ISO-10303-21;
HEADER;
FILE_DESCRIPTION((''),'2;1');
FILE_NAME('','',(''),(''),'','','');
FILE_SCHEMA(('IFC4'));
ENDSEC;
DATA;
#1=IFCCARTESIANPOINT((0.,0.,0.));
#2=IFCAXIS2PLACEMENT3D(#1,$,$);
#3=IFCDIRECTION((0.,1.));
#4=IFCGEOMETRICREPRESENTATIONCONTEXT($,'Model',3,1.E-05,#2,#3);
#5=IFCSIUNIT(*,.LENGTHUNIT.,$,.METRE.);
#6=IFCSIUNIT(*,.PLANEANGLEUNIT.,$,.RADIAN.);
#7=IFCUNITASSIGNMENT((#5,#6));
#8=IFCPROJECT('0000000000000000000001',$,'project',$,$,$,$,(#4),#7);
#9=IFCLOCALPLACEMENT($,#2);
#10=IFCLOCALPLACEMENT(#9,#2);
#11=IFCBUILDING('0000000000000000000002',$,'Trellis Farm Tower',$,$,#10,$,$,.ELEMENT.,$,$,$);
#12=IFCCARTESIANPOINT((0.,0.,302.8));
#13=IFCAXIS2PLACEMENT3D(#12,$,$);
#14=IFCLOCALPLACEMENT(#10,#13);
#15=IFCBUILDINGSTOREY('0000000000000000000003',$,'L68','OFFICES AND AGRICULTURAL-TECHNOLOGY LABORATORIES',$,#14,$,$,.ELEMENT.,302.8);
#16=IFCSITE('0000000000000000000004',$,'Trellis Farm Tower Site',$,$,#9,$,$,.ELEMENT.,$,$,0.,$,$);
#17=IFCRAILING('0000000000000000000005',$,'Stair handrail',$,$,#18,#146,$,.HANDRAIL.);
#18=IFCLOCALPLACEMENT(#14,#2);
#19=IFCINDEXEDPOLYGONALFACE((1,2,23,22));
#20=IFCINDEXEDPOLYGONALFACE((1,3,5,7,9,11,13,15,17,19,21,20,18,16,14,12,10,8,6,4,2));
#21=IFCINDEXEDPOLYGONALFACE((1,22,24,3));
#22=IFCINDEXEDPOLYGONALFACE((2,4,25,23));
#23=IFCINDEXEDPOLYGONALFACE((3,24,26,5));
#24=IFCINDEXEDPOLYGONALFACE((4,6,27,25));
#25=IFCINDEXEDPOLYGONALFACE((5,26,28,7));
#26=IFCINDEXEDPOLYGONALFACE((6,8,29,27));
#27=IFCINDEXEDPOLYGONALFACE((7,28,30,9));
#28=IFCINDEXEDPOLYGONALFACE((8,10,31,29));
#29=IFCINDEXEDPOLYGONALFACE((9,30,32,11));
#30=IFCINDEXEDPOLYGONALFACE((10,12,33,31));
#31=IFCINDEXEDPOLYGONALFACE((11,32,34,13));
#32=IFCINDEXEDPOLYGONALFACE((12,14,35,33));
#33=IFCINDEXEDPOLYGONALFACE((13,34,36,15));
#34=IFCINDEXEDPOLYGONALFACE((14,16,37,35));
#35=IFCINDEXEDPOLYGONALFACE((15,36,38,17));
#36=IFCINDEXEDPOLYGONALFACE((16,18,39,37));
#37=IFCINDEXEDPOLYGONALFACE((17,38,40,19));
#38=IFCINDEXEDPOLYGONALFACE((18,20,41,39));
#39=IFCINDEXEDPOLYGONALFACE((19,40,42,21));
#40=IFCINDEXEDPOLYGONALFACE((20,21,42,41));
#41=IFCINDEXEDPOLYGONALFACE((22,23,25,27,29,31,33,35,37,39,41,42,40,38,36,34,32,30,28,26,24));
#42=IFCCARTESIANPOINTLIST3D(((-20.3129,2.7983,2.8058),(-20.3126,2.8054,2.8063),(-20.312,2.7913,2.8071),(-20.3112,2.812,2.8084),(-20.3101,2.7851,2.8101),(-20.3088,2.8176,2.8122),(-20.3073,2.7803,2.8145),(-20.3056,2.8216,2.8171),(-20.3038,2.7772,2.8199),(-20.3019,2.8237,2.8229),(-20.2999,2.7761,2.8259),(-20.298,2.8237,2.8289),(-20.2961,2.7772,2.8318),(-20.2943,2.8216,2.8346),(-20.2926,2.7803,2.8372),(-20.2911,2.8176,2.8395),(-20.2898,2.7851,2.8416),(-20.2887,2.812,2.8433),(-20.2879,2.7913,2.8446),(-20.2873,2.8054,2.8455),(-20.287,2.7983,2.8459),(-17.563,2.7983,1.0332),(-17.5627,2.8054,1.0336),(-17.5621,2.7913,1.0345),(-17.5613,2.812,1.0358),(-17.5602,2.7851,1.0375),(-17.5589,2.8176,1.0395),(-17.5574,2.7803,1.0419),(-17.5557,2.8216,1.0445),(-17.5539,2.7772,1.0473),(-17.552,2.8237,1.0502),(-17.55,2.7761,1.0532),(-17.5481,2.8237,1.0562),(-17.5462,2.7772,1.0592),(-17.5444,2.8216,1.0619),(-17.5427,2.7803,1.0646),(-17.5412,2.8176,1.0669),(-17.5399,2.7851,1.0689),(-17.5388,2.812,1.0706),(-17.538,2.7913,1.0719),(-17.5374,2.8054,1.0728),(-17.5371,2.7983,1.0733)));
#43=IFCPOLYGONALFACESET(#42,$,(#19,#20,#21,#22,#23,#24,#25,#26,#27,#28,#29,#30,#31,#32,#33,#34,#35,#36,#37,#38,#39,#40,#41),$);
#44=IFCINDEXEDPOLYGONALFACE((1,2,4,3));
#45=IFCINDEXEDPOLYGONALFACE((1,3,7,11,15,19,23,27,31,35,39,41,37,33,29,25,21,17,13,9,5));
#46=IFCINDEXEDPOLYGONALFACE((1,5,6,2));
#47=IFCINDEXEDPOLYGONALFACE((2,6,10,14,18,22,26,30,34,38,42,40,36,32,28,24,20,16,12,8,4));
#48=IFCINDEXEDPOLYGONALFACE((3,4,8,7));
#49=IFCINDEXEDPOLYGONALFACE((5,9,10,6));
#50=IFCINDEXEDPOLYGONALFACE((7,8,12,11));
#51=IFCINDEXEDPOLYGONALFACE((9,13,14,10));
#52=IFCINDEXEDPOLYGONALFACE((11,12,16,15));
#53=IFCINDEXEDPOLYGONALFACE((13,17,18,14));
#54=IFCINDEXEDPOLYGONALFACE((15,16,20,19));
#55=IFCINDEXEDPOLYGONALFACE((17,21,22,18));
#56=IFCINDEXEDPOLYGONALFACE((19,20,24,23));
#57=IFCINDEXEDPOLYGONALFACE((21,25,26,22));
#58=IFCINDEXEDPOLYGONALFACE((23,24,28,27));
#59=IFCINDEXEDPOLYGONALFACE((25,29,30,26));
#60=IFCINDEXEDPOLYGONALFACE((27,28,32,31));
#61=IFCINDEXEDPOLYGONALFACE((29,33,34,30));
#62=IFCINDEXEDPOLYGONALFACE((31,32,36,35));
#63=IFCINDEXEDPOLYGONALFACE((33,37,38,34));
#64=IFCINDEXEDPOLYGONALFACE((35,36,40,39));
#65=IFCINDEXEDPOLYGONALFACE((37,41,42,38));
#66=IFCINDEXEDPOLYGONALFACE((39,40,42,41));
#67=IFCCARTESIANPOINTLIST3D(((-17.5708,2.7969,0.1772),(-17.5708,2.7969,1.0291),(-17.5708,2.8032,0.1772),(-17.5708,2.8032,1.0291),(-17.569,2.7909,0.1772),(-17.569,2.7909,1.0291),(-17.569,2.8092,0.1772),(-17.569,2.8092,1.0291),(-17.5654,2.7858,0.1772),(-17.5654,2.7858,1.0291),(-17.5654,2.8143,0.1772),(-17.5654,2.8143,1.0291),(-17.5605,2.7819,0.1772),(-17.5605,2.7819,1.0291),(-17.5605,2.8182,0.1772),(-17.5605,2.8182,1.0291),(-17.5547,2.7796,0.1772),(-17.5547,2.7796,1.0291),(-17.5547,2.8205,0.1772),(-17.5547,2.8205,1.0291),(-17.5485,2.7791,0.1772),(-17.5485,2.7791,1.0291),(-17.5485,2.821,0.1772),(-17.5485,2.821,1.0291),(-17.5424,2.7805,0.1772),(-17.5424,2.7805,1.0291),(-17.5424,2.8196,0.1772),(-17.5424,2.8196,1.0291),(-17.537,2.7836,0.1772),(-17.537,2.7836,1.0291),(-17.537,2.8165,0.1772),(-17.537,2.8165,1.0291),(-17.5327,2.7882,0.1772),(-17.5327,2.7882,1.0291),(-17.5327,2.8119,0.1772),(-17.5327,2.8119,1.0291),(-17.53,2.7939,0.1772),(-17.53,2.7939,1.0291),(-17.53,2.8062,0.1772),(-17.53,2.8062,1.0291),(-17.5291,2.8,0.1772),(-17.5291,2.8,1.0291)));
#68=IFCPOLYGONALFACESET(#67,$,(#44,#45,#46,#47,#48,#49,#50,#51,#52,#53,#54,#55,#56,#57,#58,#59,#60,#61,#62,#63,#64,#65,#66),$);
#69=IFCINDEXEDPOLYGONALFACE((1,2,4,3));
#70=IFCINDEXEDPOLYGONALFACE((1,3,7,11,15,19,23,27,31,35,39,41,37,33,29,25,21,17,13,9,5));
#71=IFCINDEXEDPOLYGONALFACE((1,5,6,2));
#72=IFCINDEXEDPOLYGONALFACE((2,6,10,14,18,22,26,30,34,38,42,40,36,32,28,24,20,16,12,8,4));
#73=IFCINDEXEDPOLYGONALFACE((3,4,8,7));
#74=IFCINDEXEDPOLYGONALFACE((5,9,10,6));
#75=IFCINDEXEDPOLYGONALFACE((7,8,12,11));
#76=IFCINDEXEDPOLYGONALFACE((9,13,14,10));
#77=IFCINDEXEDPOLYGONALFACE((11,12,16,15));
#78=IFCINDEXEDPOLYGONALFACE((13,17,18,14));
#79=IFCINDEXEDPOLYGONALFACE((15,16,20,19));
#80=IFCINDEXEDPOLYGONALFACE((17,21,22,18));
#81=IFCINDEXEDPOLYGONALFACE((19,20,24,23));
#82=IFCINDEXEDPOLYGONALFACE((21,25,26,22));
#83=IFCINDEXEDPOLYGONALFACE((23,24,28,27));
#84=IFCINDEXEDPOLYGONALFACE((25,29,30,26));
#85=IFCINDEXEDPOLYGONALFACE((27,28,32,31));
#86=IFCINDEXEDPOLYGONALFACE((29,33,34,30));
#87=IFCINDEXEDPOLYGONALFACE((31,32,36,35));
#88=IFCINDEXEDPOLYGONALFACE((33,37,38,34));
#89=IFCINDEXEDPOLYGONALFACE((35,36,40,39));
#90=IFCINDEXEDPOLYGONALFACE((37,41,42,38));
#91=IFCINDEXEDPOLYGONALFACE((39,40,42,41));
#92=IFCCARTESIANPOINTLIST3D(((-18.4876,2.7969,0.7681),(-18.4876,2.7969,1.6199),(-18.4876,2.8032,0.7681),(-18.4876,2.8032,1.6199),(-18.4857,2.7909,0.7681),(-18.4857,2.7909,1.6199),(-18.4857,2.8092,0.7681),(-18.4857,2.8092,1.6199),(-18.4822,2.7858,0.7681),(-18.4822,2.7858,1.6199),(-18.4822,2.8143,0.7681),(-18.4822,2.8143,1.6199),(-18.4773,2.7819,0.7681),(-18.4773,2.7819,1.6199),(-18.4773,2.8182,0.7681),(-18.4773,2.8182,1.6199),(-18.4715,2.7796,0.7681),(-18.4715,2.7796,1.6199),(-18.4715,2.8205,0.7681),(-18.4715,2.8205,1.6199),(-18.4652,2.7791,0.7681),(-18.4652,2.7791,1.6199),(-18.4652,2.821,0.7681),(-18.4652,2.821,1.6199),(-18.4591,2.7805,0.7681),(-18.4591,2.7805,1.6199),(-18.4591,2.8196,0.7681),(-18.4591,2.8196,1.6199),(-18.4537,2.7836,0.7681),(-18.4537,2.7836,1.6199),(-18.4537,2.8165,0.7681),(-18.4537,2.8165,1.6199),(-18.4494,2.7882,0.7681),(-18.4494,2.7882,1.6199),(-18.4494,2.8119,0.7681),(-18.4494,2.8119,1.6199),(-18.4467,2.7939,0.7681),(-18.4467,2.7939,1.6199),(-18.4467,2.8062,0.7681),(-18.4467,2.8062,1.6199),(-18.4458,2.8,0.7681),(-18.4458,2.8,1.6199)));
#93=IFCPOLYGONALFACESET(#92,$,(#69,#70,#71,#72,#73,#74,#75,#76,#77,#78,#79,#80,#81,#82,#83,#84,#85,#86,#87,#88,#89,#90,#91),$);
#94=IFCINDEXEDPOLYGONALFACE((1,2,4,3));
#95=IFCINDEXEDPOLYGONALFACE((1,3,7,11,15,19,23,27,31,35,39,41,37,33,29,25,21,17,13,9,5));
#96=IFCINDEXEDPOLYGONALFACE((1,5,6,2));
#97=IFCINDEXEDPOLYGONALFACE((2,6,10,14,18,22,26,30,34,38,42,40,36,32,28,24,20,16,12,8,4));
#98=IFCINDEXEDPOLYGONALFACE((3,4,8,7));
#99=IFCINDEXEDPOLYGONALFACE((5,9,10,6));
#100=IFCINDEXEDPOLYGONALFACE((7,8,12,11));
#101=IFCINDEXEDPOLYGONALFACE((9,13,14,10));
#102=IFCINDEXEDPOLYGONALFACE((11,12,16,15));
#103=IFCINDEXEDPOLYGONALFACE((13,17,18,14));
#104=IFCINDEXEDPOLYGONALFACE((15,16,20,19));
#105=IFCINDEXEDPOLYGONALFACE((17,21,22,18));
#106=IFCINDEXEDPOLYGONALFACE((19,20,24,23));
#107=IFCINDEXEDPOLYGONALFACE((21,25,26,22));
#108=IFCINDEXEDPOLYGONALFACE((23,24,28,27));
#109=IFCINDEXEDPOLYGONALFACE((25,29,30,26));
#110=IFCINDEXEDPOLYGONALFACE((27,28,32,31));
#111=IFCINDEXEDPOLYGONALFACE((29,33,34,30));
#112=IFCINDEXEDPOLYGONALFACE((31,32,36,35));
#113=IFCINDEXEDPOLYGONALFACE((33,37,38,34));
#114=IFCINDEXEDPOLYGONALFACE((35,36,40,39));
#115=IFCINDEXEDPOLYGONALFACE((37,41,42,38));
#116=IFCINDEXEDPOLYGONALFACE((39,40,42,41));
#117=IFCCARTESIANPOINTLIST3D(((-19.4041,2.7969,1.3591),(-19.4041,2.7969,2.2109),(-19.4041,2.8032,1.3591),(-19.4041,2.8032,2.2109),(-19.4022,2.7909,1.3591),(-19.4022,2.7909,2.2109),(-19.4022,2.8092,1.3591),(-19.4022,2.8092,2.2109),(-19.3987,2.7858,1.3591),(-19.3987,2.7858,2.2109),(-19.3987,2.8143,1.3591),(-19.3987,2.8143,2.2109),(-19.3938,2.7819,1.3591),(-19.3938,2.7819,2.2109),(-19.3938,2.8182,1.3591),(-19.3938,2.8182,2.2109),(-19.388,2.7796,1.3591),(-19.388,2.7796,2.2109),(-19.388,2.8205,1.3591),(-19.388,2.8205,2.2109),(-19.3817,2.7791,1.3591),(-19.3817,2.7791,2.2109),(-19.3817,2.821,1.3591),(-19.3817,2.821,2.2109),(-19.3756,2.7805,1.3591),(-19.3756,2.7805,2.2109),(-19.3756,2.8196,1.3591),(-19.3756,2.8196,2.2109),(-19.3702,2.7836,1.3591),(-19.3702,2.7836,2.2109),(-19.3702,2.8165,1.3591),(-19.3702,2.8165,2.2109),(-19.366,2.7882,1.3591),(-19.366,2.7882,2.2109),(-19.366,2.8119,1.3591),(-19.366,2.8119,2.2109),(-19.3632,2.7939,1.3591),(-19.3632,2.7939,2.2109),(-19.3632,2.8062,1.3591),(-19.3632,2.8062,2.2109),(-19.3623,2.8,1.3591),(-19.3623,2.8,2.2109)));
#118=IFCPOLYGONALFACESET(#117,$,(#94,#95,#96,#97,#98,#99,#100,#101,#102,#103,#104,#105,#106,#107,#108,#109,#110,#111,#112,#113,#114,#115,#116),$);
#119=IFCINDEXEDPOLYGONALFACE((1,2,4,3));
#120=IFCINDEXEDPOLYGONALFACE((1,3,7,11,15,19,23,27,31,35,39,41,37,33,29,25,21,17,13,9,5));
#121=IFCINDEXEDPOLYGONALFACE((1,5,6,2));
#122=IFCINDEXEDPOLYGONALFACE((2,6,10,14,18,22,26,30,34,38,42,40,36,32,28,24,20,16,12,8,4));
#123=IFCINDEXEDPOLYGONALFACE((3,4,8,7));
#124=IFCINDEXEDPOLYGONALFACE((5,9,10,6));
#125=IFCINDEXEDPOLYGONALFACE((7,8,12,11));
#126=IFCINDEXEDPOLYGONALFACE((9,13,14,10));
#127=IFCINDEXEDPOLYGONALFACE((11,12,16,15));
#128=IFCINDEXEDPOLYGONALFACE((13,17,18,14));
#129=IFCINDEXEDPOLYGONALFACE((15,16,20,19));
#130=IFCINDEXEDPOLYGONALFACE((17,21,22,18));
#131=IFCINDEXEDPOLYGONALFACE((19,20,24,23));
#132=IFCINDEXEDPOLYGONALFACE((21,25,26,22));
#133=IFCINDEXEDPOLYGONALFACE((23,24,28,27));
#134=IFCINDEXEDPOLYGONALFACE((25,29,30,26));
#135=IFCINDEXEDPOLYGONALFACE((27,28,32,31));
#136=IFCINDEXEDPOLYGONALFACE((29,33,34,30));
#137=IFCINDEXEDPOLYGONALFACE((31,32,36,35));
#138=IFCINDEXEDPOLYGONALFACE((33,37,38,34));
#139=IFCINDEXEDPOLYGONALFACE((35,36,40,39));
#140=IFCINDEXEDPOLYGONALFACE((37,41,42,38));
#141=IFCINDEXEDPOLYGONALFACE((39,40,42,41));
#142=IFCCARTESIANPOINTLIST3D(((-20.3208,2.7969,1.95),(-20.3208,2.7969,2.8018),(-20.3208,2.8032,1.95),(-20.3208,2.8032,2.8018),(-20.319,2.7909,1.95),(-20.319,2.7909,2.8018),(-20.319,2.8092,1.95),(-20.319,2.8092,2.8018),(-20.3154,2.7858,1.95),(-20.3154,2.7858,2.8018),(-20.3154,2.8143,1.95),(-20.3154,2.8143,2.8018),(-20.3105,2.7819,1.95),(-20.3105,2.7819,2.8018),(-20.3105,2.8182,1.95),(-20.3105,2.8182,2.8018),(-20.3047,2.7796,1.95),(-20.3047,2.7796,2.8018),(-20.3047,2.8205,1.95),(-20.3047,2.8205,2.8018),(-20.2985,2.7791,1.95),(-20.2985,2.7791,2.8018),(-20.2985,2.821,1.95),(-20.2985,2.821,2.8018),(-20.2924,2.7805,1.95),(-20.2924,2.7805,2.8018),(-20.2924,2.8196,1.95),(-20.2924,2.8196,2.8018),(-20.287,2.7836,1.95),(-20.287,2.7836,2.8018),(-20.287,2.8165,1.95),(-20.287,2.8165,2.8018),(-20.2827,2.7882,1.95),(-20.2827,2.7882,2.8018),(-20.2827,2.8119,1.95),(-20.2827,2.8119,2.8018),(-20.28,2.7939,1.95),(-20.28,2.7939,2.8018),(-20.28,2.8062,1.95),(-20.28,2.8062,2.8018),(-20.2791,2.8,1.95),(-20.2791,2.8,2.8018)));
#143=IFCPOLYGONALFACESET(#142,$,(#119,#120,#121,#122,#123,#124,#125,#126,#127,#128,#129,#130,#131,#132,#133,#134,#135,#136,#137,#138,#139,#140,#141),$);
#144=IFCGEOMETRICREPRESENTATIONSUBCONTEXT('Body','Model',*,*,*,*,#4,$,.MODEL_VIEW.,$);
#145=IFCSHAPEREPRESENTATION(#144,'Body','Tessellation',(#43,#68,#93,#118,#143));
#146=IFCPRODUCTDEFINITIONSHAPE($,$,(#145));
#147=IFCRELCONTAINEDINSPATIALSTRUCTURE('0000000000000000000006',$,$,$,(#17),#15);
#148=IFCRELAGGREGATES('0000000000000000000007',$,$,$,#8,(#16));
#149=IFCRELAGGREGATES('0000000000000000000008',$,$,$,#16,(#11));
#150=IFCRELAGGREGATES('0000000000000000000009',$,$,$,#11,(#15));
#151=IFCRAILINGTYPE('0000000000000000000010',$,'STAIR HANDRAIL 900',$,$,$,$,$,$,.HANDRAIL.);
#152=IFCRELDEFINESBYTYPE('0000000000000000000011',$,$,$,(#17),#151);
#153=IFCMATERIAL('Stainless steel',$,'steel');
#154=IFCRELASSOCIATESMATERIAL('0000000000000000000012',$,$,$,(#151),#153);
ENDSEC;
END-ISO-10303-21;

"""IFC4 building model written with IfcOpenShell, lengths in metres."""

from ifc_helpers import new_model, si_unit, direction, frame, origin, origin_2d, place, context, subcontext, project, spatial, circle, extrude, source, transform, mapped, material, type_object, element, save


model = new_model("IFC4")

# Units and contexts
model_context = context("Model", 3, precision=1e-05, world=origin(), true_north=direction((0.0, 1.0)))
body_context = subcontext(model_context, "Body", "Model", "MODEL_VIEW")
ifc_project = project(units=[si_unit("LENGTHUNIT", "METRE"), si_unit("PLANEANGLEUNIT", "RADIAN")], contexts=[model_context])

# Site, building, storey
site_placement = place(None, origin())
site = spatial("IfcSite", under=ifc_project, at=site_placement, Name="Trellis Farm Tower Site", CompositionType="ELEMENT", RefElevation=0.0)
building_placement = place(site_placement, origin())
building = spatial("IfcBuilding", under=site, at=building_placement, Name="Trellis Farm Tower", CompositionType="ELEMENT")
storey_placement = place(building_placement, frame((0.0, 0.0, 302.8)))
storey = spatial("IfcBuildingStorey", under=building, at=storey_placement, Name="L68", Description="OFFICES AND AGRICULTURAL-TECHNOLOGY LABORATORIES", CompositionType="ELEMENT", Elevation=302.8)

# Railing
ifc_material_1 = material(Name="Stainless steel", Category="steel")
railing_type = type_object("IfcRailingType", Name="STAIR HANDRAIL 900", PredefinedType="HANDRAIL", material=ifc_material_1)
shared_shape_1 = source(origin(), body_context, "Body", "SweptSolid", [
    extrude(circle(Radius=0.0239, at=origin_2d()), frame((0.0, 0.0, 0.876), z_axis=(-0.840504, 0.0, 0.541806), x_axis=(0.0, -1.0, 0.0)), (0.0, 0.0, 1.0), 3.2717),
    extrude(circle(Radius=0.021, at=origin_2d()), origin(), (0.0, 0.0, 1.0), 0.8518),
    extrude(circle(Radius=0.021, at=origin_2d()), frame((-0.9167, 0.0, 0.5908)), (0.0, 0.0, 1.0), 0.8518),
    extrude(circle(Radius=0.021, at=origin_2d()), frame((-1.8333, 0.0, 1.1819)), (0.0, 0.0, 1.0), 0.8518),
    extrude(circle(Radius=0.021, at=origin_2d()), frame((-2.75, 0.0, 1.7727)), (0.0, 0.0, 1.0), 0.8518),
])
for number, where, name in (
    (1, (-17.55, 2.8, 0.1772), "Stair handrail"),
):
    element("IfcRailing", number, at=place(storey_placement, frame(where)), inside=storey, type_object=railing_type, Name=name, PredefinedType="HANDRAIL", context=body_context, shape_type="MappedRepresentation", body=[
        mapped(shared_shape_1, transform((0.0, 0.0, 0.0))),
    ])

save(model, "model.ifc")
